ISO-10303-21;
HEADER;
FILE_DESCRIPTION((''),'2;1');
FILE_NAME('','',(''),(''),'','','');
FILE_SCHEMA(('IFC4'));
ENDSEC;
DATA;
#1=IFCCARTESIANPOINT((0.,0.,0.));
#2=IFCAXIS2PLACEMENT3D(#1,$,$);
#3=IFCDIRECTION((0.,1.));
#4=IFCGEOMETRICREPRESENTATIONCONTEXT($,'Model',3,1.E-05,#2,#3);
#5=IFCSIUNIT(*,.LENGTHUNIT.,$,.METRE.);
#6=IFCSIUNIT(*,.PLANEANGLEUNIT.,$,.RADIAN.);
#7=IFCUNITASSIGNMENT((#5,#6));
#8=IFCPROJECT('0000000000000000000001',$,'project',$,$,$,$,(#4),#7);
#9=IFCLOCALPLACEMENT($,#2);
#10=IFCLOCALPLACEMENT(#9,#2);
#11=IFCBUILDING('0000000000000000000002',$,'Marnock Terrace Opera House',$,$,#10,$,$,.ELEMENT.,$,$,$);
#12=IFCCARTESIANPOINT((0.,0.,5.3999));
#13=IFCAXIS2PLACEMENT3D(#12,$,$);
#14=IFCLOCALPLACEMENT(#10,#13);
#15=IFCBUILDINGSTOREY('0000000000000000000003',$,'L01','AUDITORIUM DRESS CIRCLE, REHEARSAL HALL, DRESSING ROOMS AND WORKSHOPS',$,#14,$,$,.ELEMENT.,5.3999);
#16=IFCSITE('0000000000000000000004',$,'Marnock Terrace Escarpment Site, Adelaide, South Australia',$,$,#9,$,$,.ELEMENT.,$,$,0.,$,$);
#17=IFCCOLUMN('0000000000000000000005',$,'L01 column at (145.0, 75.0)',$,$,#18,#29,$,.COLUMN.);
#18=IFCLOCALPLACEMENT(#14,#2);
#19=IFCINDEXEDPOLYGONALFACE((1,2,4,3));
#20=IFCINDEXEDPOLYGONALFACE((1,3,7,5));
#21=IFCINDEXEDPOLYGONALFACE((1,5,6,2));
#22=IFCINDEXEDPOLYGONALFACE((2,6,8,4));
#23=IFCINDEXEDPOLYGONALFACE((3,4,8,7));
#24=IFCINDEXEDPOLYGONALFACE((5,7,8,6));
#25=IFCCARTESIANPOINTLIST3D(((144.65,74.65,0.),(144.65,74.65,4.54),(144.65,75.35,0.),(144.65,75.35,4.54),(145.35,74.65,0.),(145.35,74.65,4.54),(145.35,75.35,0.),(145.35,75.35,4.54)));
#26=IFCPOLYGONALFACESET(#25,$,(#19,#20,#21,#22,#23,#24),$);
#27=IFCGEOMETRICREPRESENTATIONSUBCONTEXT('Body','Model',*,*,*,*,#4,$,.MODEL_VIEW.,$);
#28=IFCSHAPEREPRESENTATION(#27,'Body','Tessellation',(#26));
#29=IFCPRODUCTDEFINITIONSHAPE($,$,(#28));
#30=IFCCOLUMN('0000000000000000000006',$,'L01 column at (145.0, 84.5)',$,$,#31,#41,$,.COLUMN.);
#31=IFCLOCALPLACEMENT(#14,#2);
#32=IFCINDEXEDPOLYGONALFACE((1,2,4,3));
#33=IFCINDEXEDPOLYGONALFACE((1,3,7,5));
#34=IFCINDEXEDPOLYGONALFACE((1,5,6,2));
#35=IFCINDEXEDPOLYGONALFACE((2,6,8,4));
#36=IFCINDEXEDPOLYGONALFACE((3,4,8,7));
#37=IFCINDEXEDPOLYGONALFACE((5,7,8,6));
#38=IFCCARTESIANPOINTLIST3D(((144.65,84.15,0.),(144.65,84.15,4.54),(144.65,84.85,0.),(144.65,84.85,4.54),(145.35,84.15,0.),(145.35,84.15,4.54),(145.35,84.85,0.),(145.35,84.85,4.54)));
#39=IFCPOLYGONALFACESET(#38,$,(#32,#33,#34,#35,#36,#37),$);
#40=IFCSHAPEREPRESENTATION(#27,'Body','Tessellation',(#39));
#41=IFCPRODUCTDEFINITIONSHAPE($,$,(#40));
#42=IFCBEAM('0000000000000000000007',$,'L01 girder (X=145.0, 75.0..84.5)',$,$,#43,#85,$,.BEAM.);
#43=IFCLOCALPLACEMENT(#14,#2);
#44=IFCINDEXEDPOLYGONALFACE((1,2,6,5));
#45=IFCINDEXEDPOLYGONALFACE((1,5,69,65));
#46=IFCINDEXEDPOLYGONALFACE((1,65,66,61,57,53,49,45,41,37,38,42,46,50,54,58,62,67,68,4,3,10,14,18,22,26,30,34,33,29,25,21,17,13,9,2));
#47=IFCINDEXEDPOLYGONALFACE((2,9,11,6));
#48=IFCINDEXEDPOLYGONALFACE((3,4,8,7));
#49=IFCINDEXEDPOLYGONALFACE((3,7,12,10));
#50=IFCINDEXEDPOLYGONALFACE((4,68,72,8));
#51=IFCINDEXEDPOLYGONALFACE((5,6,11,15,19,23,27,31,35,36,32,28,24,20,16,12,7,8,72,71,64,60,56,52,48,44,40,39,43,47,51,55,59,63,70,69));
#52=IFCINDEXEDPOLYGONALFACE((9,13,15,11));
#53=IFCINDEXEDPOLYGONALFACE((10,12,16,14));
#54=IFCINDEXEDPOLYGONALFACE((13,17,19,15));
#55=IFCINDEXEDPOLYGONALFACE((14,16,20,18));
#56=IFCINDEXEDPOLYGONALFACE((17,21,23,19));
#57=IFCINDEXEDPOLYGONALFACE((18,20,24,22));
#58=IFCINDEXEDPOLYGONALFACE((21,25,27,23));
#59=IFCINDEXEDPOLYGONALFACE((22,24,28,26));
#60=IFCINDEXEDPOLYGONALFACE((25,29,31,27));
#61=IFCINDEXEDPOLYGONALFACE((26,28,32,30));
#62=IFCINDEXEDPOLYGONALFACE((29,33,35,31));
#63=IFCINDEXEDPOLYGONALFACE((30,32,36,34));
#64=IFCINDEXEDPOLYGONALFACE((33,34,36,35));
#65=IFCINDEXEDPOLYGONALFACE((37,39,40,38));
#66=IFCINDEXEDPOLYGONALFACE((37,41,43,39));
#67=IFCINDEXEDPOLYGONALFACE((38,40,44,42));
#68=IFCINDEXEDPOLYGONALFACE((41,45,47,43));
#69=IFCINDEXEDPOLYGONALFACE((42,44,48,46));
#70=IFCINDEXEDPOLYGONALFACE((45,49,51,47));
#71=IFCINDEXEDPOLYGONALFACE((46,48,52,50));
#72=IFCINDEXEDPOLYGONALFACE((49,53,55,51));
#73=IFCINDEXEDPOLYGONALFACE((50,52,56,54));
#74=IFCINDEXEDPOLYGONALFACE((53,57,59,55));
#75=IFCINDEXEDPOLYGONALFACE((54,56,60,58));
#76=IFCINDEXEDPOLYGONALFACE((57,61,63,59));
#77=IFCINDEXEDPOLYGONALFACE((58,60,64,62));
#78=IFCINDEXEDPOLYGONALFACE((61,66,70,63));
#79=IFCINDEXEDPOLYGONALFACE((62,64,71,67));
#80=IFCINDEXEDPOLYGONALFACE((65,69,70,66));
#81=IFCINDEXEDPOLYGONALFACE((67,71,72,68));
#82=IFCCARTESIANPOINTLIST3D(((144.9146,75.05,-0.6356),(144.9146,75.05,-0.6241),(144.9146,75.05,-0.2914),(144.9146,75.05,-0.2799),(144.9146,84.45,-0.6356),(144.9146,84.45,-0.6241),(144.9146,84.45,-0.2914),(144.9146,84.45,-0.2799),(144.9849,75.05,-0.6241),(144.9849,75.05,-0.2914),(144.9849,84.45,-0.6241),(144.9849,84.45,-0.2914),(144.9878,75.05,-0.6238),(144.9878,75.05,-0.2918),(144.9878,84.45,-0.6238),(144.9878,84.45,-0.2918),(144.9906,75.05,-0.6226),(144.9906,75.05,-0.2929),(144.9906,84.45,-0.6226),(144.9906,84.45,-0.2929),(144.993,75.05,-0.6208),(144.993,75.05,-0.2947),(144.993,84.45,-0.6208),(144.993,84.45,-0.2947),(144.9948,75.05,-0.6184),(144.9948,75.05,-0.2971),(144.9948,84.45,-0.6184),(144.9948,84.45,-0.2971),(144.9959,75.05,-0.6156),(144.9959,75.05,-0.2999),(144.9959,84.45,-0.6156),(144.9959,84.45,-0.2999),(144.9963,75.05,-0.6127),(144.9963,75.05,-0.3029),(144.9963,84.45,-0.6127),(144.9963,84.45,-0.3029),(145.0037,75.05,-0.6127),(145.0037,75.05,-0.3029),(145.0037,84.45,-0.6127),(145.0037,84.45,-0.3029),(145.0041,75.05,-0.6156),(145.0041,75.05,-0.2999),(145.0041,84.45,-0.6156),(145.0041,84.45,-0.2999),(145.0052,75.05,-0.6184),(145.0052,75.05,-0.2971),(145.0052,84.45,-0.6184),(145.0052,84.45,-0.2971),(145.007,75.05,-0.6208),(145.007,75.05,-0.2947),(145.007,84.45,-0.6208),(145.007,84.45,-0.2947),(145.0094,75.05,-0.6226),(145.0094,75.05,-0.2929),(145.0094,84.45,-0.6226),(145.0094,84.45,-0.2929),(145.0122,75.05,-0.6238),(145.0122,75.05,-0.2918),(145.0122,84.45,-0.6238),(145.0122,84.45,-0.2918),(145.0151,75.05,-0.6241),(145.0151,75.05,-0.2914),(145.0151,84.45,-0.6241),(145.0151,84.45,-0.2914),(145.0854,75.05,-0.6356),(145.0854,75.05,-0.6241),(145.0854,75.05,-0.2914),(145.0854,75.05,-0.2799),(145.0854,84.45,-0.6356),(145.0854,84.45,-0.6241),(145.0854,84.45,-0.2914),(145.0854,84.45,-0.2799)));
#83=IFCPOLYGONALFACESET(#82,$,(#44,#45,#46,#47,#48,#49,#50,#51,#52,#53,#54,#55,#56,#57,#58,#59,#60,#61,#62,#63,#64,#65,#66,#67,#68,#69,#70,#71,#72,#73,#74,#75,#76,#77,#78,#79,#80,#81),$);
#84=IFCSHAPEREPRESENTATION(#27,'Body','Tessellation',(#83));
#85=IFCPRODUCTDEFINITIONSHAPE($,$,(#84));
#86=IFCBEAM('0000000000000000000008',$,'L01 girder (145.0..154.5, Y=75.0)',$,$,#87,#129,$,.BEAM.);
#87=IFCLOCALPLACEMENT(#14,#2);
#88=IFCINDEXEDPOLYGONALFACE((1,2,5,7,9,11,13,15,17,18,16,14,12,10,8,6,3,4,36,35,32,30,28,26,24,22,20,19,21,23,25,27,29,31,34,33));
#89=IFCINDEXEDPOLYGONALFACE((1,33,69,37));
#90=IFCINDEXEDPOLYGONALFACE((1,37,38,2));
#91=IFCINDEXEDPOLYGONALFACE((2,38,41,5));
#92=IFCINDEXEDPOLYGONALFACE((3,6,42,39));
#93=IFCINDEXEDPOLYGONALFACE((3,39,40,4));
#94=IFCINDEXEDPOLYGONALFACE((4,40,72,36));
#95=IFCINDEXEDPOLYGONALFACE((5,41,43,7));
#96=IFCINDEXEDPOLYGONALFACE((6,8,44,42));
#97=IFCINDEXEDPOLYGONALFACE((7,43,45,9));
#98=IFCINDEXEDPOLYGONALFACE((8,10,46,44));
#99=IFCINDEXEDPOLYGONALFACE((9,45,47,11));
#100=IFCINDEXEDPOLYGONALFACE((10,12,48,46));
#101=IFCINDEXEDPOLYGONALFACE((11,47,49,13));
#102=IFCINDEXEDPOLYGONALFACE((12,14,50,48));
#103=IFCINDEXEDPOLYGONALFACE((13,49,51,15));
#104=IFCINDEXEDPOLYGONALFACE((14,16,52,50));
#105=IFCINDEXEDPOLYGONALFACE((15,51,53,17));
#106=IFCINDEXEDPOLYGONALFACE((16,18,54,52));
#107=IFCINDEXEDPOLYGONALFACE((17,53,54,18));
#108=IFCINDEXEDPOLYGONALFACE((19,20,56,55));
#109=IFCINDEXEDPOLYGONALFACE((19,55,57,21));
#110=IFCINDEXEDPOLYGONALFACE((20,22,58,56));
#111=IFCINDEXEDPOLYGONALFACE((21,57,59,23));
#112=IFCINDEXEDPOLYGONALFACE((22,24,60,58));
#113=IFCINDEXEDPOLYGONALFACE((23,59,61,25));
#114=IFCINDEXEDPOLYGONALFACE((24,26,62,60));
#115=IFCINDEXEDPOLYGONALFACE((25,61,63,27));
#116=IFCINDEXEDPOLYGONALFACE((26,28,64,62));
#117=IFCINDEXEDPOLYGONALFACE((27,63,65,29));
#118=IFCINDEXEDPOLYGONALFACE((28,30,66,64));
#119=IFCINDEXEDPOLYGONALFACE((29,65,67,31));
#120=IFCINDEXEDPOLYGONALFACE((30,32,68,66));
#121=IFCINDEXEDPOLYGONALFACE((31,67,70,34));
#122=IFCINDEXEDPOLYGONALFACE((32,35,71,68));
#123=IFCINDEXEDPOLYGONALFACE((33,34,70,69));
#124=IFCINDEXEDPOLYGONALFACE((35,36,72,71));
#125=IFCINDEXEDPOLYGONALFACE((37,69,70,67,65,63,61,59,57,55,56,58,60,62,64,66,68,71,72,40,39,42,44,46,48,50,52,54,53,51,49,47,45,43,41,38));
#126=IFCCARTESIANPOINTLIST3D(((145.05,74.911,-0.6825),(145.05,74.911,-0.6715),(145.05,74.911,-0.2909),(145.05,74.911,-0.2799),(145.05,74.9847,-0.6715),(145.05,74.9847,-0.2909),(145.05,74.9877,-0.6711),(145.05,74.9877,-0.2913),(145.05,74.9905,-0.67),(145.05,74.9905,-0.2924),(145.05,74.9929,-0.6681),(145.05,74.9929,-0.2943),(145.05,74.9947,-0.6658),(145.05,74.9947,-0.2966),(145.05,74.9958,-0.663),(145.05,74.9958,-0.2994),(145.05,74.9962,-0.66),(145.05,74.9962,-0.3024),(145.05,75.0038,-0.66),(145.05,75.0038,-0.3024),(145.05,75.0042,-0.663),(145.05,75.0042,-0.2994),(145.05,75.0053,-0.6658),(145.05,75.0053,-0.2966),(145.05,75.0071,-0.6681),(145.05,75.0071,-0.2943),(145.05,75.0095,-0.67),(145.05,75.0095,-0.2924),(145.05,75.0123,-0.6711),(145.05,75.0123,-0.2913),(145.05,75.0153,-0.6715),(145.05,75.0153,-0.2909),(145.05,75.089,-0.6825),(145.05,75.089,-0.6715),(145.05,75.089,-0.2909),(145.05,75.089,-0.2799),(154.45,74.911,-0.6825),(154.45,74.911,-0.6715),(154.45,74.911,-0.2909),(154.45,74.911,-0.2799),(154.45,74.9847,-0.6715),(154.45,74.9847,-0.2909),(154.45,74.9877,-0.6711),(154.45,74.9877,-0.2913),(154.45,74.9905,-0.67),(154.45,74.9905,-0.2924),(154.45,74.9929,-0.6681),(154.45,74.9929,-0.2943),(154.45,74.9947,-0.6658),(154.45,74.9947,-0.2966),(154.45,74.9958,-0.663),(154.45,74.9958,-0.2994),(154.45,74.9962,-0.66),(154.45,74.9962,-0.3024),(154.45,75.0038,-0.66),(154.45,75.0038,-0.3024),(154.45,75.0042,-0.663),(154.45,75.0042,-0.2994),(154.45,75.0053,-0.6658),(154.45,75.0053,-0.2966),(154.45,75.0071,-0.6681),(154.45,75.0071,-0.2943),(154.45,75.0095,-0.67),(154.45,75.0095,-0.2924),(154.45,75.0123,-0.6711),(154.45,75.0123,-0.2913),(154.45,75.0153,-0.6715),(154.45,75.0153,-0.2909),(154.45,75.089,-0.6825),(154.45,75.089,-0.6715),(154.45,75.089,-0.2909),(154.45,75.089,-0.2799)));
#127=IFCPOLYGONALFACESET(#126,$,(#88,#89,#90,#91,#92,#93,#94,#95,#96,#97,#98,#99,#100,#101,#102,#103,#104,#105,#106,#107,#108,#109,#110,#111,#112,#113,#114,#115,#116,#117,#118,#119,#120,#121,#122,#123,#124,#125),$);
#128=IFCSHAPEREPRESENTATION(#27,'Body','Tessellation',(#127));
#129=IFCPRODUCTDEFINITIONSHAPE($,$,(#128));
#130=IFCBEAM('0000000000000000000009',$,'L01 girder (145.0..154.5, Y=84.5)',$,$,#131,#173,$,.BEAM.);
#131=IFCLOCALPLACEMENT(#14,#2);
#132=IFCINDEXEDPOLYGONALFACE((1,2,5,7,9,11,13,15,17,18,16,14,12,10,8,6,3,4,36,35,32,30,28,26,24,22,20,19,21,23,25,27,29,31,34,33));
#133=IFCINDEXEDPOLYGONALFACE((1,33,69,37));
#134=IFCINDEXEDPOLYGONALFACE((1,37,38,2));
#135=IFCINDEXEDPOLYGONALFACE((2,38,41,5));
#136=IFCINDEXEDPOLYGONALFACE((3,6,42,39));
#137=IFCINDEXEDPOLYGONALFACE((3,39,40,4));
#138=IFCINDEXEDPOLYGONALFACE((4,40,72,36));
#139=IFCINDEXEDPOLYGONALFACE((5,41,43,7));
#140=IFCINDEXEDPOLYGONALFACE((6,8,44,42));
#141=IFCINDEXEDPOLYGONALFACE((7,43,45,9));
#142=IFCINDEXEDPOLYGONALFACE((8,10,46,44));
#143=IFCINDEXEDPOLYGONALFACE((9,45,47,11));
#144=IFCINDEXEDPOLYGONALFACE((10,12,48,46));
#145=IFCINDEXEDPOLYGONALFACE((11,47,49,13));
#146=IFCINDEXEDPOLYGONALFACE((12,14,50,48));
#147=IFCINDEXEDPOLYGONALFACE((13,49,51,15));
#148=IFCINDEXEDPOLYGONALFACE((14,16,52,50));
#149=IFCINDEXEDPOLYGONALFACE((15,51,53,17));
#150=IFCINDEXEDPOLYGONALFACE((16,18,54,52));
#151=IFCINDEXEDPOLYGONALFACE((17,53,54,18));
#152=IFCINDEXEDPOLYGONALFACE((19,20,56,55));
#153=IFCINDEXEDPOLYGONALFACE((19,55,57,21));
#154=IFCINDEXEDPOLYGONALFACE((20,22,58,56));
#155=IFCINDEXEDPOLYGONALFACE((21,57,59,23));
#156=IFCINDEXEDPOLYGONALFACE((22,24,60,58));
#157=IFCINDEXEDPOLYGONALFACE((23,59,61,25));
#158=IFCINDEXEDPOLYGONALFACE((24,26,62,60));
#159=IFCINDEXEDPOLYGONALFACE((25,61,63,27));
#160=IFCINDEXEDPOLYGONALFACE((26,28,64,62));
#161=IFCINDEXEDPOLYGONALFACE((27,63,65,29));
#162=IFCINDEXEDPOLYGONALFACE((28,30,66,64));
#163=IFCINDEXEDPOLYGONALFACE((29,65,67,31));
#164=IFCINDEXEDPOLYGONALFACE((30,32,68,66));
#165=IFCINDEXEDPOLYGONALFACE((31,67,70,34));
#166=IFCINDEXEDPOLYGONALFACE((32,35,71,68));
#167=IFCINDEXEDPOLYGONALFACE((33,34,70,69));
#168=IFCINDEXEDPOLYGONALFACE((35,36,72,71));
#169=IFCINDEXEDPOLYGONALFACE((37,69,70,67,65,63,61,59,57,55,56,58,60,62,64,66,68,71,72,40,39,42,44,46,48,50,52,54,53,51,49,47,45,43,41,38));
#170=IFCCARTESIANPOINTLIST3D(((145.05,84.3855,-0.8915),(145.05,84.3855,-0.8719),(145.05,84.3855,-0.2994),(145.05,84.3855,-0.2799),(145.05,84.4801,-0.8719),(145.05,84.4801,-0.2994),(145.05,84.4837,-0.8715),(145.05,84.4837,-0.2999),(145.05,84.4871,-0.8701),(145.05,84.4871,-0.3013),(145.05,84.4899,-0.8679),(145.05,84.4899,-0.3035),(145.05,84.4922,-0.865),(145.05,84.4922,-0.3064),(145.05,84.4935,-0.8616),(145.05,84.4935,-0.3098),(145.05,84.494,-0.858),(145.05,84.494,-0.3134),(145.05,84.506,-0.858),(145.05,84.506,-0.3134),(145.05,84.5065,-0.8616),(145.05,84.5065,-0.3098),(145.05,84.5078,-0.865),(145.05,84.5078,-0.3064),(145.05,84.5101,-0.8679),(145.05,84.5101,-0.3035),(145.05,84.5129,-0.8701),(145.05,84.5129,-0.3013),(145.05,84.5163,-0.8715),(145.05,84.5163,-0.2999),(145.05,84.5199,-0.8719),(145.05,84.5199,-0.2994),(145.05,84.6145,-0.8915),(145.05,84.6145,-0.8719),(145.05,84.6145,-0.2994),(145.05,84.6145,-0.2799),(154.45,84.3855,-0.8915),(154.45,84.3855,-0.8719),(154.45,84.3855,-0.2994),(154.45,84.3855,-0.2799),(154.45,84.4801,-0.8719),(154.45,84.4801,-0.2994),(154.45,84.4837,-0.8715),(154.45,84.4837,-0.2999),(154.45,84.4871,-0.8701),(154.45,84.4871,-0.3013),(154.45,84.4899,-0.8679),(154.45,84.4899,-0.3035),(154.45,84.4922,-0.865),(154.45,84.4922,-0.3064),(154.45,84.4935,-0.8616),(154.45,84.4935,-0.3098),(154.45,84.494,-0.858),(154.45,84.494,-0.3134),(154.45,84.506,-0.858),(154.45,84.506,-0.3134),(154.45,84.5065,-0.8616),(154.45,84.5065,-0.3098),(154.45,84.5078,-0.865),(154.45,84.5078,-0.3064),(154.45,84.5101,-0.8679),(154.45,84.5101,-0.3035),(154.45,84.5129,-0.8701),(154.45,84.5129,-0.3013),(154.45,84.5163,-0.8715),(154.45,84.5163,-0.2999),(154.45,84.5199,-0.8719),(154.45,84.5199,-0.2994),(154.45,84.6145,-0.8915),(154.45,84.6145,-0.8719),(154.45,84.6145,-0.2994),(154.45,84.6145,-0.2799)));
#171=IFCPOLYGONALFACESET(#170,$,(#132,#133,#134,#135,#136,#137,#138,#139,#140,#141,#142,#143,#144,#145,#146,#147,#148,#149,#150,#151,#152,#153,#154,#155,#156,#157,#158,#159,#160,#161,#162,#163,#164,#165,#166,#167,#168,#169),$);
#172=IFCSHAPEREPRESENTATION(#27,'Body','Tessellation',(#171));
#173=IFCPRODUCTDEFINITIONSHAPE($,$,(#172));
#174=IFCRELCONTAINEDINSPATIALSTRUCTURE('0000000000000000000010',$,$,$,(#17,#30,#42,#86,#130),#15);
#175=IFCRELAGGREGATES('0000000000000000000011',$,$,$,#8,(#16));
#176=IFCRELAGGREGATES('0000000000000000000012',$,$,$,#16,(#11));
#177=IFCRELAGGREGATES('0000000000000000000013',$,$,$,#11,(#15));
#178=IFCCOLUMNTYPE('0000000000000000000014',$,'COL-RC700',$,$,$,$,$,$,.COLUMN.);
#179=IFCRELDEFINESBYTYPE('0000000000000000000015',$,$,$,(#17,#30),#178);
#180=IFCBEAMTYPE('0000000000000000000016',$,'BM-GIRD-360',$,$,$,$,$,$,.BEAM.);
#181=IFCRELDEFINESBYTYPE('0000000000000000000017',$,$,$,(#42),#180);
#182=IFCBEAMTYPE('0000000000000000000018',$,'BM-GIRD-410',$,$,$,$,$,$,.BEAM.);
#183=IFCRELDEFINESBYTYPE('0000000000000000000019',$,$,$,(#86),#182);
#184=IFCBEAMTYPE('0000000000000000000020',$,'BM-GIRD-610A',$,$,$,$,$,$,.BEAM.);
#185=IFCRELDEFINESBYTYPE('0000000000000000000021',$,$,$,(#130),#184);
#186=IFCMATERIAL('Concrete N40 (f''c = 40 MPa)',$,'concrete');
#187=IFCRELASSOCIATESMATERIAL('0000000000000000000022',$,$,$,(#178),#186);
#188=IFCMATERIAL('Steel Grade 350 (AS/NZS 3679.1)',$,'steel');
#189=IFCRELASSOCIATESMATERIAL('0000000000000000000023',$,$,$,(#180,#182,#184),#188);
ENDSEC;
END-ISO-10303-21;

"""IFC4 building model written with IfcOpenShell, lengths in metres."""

from ifc_helpers import new_model, si_unit, direction, frame, origin, origin_2d, place, context, subcontext, project, spatial, rectangle, i_section, extrude, material, material_profile, profile_set, type_object, element, save


model = new_model("IFC4")

# Units and contexts
model_context = context("Model", 3, precision=1e-05, world=origin(), true_north=direction((0.0, 1.0)))
body_context = subcontext(model_context, "Body", "Model", "MODEL_VIEW")
ifc_project = project(units=[si_unit("LENGTHUNIT", "METRE"), si_unit("PLANEANGLEUNIT", "RADIAN")], contexts=[model_context])

# Site, building, storey
site_placement = place(None, origin())
site = spatial("IfcSite", under=ifc_project, at=site_placement, Name="Marnock Terrace Escarpment Site, Adelaide, South Australia", CompositionType="ELEMENT", RefElevation=0.0)
building_placement = place(site_placement, origin())
building = spatial("IfcBuilding", under=site, at=building_placement, Name="Marnock Terrace Opera House", CompositionType="ELEMENT")
storey_placement = place(building_placement, frame((0.0, 0.0, 5.3999)))
storey = spatial("IfcBuildingStorey", under=building, at=storey_placement, Name="L01", Description="AUDITORIUM DRESS CIRCLE, REHEARSAL HALL, DRESSING ROOMS AND WORKSHOPS", CompositionType="ELEMENT", Elevation=5.3999)

# Columns
ifc_material_1 = material(Name="Concrete N40 (f'c = 40 MPa)", Category="concrete")
ifc_material_profile_1 = material_profile(ifc_material_1, rectangle(XDim=0.7, YDim=0.7, at=origin_2d()))
ifc_profile_set_1 = profile_set([ifc_material_profile_1], Name="Concrete N40 (f'c = 40 MPa)")
column_type = type_object("IfcColumnType", Name="COL-RC700", PredefinedType="COLUMN", material=ifc_profile_set_1)
for number, where, z_axis, x_axis, name in (
    (1, (145.0, 75.0, 0.0), (0.0, 0.0, 1.0), (1.0, 0.0, 0.0), "L01 column at (145.0, 75.0)"),
    (2, (145.0, 84.5, 0.0), (0.0, 0.0, 1.0), (1.0, 0.0, 0.0), "L01 column at (145.0, 84.5)"),
):
    element("IfcColumn", number, at=place(storey_placement, frame(where, z_axis=z_axis, x_axis=x_axis)), inside=storey, type_object=column_type, Name=name, PredefinedType="COLUMN", context=body_context, shape_type="SweptSolid", body=[
        extrude(rectangle(XDim=0.7, YDim=0.7, at=origin_2d()), origin(), (0.0, 0.0, 1.0), 4.54),
    ])

# Beams
ifc_material_2 = material(Name="Steel Grade 350 (AS/NZS 3679.1)", Category="steel")
ifc_material_profile_2 = material_profile(ifc_material_2, i_section(OverallWidth=0.1709, OverallDepth=0.3557, WebThickness=0.0073, FlangeThickness=0.0115, FilletRadius=0.0115, at=origin_2d()))
ifc_profile_set_2 = profile_set([ifc_material_profile_2], Name="Steel Grade 350 (AS/NZS 3679.1)")
beam_type_1 = type_object("IfcBeamType", Name="BM-GIRD-360", PredefinedType="BEAM", material=ifc_profile_set_2)
beam_1_placement = place(storey_placement, frame((145.0, 75.05, -0.4578), z_axis=(0.0, 1.0, 0.0), x_axis=(-1.0, 0.0, 0.0)))
element("IfcBeam", 3, at=beam_1_placement, inside=storey, type_object=beam_type_1, Name="L01 girder (X=145.0, 75.0..84.5)", PredefinedType="BEAM", context=body_context, shape_type="SweptSolid", body=[
    extrude(i_section(OverallWidth=0.1709, OverallDepth=0.3557, WebThickness=0.0073, FlangeThickness=0.0115, FilletRadius=0.0115, at=origin_2d()), origin(), (0.0, 0.0, 1.0), 9.3999),
])
ifc_material_profile_3 = material_profile(ifc_material_2, i_section(OverallWidth=0.178, OverallDepth=0.4026, WebThickness=0.0076, FlangeThickness=0.011, FilletRadius=0.0115, at=origin_2d()))
ifc_profile_set_3 = profile_set([ifc_material_profile_3], Name="Steel Grade 350 (AS/NZS 3679.1)")
beam_type_2 = type_object("IfcBeamType", Name="BM-GIRD-410", PredefinedType="BEAM", material=ifc_profile_set_3)
beam_2_placement = place(storey_placement, frame((145.05, 75.0, -0.4812), z_axis=(1.0, 0.0, 0.0), x_axis=(0.0, 1.0, 0.0)))
element("IfcBeam", 4, at=beam_2_placement, inside=storey, type_object=beam_type_2, Name="L01 girder (145.0..154.5, Y=75.0)", PredefinedType="BEAM", context=body_context, shape_type="SweptSolid", body=[
    extrude(i_section(OverallWidth=0.178, OverallDepth=0.4026, WebThickness=0.0076, FlangeThickness=0.011, FilletRadius=0.0115, at=origin_2d()), origin(), (0.0, 0.0, 1.0), 9.3999),
])
ifc_material_profile_4 = material_profile(ifc_material_2, i_section(OverallWidth=0.229, OverallDepth=0.6116, WebThickness=0.012, FlangeThickness=0.0195, FilletRadius=0.0139, at=origin_2d()))
ifc_profile_set_4 = profile_set([ifc_material_profile_4], Name="Steel Grade 350 (AS/NZS 3679.1)")
beam_type_3 = type_object("IfcBeamType", Name="BM-GIRD-610A", PredefinedType="BEAM", material=ifc_profile_set_4)
beam_3_placement = place(storey_placement, frame((145.05, 84.5, -0.5857), z_axis=(1.0, 0.0, 0.0), x_axis=(0.0, 1.0, 0.0)))
element("IfcBeam", 5, at=beam_3_placement, inside=storey, type_object=beam_type_3, Name="L01 girder (145.0..154.5, Y=84.5)", PredefinedType="BEAM", context=body_context, shape_type="SweptSolid", body=[
    extrude(i_section(OverallWidth=0.229, OverallDepth=0.6116, WebThickness=0.012, FlangeThickness=0.0195, FilletRadius=0.0139, at=origin_2d()), origin(), (0.0, 0.0, 1.0), 9.3999),
])

save(model, "model.ifc")
